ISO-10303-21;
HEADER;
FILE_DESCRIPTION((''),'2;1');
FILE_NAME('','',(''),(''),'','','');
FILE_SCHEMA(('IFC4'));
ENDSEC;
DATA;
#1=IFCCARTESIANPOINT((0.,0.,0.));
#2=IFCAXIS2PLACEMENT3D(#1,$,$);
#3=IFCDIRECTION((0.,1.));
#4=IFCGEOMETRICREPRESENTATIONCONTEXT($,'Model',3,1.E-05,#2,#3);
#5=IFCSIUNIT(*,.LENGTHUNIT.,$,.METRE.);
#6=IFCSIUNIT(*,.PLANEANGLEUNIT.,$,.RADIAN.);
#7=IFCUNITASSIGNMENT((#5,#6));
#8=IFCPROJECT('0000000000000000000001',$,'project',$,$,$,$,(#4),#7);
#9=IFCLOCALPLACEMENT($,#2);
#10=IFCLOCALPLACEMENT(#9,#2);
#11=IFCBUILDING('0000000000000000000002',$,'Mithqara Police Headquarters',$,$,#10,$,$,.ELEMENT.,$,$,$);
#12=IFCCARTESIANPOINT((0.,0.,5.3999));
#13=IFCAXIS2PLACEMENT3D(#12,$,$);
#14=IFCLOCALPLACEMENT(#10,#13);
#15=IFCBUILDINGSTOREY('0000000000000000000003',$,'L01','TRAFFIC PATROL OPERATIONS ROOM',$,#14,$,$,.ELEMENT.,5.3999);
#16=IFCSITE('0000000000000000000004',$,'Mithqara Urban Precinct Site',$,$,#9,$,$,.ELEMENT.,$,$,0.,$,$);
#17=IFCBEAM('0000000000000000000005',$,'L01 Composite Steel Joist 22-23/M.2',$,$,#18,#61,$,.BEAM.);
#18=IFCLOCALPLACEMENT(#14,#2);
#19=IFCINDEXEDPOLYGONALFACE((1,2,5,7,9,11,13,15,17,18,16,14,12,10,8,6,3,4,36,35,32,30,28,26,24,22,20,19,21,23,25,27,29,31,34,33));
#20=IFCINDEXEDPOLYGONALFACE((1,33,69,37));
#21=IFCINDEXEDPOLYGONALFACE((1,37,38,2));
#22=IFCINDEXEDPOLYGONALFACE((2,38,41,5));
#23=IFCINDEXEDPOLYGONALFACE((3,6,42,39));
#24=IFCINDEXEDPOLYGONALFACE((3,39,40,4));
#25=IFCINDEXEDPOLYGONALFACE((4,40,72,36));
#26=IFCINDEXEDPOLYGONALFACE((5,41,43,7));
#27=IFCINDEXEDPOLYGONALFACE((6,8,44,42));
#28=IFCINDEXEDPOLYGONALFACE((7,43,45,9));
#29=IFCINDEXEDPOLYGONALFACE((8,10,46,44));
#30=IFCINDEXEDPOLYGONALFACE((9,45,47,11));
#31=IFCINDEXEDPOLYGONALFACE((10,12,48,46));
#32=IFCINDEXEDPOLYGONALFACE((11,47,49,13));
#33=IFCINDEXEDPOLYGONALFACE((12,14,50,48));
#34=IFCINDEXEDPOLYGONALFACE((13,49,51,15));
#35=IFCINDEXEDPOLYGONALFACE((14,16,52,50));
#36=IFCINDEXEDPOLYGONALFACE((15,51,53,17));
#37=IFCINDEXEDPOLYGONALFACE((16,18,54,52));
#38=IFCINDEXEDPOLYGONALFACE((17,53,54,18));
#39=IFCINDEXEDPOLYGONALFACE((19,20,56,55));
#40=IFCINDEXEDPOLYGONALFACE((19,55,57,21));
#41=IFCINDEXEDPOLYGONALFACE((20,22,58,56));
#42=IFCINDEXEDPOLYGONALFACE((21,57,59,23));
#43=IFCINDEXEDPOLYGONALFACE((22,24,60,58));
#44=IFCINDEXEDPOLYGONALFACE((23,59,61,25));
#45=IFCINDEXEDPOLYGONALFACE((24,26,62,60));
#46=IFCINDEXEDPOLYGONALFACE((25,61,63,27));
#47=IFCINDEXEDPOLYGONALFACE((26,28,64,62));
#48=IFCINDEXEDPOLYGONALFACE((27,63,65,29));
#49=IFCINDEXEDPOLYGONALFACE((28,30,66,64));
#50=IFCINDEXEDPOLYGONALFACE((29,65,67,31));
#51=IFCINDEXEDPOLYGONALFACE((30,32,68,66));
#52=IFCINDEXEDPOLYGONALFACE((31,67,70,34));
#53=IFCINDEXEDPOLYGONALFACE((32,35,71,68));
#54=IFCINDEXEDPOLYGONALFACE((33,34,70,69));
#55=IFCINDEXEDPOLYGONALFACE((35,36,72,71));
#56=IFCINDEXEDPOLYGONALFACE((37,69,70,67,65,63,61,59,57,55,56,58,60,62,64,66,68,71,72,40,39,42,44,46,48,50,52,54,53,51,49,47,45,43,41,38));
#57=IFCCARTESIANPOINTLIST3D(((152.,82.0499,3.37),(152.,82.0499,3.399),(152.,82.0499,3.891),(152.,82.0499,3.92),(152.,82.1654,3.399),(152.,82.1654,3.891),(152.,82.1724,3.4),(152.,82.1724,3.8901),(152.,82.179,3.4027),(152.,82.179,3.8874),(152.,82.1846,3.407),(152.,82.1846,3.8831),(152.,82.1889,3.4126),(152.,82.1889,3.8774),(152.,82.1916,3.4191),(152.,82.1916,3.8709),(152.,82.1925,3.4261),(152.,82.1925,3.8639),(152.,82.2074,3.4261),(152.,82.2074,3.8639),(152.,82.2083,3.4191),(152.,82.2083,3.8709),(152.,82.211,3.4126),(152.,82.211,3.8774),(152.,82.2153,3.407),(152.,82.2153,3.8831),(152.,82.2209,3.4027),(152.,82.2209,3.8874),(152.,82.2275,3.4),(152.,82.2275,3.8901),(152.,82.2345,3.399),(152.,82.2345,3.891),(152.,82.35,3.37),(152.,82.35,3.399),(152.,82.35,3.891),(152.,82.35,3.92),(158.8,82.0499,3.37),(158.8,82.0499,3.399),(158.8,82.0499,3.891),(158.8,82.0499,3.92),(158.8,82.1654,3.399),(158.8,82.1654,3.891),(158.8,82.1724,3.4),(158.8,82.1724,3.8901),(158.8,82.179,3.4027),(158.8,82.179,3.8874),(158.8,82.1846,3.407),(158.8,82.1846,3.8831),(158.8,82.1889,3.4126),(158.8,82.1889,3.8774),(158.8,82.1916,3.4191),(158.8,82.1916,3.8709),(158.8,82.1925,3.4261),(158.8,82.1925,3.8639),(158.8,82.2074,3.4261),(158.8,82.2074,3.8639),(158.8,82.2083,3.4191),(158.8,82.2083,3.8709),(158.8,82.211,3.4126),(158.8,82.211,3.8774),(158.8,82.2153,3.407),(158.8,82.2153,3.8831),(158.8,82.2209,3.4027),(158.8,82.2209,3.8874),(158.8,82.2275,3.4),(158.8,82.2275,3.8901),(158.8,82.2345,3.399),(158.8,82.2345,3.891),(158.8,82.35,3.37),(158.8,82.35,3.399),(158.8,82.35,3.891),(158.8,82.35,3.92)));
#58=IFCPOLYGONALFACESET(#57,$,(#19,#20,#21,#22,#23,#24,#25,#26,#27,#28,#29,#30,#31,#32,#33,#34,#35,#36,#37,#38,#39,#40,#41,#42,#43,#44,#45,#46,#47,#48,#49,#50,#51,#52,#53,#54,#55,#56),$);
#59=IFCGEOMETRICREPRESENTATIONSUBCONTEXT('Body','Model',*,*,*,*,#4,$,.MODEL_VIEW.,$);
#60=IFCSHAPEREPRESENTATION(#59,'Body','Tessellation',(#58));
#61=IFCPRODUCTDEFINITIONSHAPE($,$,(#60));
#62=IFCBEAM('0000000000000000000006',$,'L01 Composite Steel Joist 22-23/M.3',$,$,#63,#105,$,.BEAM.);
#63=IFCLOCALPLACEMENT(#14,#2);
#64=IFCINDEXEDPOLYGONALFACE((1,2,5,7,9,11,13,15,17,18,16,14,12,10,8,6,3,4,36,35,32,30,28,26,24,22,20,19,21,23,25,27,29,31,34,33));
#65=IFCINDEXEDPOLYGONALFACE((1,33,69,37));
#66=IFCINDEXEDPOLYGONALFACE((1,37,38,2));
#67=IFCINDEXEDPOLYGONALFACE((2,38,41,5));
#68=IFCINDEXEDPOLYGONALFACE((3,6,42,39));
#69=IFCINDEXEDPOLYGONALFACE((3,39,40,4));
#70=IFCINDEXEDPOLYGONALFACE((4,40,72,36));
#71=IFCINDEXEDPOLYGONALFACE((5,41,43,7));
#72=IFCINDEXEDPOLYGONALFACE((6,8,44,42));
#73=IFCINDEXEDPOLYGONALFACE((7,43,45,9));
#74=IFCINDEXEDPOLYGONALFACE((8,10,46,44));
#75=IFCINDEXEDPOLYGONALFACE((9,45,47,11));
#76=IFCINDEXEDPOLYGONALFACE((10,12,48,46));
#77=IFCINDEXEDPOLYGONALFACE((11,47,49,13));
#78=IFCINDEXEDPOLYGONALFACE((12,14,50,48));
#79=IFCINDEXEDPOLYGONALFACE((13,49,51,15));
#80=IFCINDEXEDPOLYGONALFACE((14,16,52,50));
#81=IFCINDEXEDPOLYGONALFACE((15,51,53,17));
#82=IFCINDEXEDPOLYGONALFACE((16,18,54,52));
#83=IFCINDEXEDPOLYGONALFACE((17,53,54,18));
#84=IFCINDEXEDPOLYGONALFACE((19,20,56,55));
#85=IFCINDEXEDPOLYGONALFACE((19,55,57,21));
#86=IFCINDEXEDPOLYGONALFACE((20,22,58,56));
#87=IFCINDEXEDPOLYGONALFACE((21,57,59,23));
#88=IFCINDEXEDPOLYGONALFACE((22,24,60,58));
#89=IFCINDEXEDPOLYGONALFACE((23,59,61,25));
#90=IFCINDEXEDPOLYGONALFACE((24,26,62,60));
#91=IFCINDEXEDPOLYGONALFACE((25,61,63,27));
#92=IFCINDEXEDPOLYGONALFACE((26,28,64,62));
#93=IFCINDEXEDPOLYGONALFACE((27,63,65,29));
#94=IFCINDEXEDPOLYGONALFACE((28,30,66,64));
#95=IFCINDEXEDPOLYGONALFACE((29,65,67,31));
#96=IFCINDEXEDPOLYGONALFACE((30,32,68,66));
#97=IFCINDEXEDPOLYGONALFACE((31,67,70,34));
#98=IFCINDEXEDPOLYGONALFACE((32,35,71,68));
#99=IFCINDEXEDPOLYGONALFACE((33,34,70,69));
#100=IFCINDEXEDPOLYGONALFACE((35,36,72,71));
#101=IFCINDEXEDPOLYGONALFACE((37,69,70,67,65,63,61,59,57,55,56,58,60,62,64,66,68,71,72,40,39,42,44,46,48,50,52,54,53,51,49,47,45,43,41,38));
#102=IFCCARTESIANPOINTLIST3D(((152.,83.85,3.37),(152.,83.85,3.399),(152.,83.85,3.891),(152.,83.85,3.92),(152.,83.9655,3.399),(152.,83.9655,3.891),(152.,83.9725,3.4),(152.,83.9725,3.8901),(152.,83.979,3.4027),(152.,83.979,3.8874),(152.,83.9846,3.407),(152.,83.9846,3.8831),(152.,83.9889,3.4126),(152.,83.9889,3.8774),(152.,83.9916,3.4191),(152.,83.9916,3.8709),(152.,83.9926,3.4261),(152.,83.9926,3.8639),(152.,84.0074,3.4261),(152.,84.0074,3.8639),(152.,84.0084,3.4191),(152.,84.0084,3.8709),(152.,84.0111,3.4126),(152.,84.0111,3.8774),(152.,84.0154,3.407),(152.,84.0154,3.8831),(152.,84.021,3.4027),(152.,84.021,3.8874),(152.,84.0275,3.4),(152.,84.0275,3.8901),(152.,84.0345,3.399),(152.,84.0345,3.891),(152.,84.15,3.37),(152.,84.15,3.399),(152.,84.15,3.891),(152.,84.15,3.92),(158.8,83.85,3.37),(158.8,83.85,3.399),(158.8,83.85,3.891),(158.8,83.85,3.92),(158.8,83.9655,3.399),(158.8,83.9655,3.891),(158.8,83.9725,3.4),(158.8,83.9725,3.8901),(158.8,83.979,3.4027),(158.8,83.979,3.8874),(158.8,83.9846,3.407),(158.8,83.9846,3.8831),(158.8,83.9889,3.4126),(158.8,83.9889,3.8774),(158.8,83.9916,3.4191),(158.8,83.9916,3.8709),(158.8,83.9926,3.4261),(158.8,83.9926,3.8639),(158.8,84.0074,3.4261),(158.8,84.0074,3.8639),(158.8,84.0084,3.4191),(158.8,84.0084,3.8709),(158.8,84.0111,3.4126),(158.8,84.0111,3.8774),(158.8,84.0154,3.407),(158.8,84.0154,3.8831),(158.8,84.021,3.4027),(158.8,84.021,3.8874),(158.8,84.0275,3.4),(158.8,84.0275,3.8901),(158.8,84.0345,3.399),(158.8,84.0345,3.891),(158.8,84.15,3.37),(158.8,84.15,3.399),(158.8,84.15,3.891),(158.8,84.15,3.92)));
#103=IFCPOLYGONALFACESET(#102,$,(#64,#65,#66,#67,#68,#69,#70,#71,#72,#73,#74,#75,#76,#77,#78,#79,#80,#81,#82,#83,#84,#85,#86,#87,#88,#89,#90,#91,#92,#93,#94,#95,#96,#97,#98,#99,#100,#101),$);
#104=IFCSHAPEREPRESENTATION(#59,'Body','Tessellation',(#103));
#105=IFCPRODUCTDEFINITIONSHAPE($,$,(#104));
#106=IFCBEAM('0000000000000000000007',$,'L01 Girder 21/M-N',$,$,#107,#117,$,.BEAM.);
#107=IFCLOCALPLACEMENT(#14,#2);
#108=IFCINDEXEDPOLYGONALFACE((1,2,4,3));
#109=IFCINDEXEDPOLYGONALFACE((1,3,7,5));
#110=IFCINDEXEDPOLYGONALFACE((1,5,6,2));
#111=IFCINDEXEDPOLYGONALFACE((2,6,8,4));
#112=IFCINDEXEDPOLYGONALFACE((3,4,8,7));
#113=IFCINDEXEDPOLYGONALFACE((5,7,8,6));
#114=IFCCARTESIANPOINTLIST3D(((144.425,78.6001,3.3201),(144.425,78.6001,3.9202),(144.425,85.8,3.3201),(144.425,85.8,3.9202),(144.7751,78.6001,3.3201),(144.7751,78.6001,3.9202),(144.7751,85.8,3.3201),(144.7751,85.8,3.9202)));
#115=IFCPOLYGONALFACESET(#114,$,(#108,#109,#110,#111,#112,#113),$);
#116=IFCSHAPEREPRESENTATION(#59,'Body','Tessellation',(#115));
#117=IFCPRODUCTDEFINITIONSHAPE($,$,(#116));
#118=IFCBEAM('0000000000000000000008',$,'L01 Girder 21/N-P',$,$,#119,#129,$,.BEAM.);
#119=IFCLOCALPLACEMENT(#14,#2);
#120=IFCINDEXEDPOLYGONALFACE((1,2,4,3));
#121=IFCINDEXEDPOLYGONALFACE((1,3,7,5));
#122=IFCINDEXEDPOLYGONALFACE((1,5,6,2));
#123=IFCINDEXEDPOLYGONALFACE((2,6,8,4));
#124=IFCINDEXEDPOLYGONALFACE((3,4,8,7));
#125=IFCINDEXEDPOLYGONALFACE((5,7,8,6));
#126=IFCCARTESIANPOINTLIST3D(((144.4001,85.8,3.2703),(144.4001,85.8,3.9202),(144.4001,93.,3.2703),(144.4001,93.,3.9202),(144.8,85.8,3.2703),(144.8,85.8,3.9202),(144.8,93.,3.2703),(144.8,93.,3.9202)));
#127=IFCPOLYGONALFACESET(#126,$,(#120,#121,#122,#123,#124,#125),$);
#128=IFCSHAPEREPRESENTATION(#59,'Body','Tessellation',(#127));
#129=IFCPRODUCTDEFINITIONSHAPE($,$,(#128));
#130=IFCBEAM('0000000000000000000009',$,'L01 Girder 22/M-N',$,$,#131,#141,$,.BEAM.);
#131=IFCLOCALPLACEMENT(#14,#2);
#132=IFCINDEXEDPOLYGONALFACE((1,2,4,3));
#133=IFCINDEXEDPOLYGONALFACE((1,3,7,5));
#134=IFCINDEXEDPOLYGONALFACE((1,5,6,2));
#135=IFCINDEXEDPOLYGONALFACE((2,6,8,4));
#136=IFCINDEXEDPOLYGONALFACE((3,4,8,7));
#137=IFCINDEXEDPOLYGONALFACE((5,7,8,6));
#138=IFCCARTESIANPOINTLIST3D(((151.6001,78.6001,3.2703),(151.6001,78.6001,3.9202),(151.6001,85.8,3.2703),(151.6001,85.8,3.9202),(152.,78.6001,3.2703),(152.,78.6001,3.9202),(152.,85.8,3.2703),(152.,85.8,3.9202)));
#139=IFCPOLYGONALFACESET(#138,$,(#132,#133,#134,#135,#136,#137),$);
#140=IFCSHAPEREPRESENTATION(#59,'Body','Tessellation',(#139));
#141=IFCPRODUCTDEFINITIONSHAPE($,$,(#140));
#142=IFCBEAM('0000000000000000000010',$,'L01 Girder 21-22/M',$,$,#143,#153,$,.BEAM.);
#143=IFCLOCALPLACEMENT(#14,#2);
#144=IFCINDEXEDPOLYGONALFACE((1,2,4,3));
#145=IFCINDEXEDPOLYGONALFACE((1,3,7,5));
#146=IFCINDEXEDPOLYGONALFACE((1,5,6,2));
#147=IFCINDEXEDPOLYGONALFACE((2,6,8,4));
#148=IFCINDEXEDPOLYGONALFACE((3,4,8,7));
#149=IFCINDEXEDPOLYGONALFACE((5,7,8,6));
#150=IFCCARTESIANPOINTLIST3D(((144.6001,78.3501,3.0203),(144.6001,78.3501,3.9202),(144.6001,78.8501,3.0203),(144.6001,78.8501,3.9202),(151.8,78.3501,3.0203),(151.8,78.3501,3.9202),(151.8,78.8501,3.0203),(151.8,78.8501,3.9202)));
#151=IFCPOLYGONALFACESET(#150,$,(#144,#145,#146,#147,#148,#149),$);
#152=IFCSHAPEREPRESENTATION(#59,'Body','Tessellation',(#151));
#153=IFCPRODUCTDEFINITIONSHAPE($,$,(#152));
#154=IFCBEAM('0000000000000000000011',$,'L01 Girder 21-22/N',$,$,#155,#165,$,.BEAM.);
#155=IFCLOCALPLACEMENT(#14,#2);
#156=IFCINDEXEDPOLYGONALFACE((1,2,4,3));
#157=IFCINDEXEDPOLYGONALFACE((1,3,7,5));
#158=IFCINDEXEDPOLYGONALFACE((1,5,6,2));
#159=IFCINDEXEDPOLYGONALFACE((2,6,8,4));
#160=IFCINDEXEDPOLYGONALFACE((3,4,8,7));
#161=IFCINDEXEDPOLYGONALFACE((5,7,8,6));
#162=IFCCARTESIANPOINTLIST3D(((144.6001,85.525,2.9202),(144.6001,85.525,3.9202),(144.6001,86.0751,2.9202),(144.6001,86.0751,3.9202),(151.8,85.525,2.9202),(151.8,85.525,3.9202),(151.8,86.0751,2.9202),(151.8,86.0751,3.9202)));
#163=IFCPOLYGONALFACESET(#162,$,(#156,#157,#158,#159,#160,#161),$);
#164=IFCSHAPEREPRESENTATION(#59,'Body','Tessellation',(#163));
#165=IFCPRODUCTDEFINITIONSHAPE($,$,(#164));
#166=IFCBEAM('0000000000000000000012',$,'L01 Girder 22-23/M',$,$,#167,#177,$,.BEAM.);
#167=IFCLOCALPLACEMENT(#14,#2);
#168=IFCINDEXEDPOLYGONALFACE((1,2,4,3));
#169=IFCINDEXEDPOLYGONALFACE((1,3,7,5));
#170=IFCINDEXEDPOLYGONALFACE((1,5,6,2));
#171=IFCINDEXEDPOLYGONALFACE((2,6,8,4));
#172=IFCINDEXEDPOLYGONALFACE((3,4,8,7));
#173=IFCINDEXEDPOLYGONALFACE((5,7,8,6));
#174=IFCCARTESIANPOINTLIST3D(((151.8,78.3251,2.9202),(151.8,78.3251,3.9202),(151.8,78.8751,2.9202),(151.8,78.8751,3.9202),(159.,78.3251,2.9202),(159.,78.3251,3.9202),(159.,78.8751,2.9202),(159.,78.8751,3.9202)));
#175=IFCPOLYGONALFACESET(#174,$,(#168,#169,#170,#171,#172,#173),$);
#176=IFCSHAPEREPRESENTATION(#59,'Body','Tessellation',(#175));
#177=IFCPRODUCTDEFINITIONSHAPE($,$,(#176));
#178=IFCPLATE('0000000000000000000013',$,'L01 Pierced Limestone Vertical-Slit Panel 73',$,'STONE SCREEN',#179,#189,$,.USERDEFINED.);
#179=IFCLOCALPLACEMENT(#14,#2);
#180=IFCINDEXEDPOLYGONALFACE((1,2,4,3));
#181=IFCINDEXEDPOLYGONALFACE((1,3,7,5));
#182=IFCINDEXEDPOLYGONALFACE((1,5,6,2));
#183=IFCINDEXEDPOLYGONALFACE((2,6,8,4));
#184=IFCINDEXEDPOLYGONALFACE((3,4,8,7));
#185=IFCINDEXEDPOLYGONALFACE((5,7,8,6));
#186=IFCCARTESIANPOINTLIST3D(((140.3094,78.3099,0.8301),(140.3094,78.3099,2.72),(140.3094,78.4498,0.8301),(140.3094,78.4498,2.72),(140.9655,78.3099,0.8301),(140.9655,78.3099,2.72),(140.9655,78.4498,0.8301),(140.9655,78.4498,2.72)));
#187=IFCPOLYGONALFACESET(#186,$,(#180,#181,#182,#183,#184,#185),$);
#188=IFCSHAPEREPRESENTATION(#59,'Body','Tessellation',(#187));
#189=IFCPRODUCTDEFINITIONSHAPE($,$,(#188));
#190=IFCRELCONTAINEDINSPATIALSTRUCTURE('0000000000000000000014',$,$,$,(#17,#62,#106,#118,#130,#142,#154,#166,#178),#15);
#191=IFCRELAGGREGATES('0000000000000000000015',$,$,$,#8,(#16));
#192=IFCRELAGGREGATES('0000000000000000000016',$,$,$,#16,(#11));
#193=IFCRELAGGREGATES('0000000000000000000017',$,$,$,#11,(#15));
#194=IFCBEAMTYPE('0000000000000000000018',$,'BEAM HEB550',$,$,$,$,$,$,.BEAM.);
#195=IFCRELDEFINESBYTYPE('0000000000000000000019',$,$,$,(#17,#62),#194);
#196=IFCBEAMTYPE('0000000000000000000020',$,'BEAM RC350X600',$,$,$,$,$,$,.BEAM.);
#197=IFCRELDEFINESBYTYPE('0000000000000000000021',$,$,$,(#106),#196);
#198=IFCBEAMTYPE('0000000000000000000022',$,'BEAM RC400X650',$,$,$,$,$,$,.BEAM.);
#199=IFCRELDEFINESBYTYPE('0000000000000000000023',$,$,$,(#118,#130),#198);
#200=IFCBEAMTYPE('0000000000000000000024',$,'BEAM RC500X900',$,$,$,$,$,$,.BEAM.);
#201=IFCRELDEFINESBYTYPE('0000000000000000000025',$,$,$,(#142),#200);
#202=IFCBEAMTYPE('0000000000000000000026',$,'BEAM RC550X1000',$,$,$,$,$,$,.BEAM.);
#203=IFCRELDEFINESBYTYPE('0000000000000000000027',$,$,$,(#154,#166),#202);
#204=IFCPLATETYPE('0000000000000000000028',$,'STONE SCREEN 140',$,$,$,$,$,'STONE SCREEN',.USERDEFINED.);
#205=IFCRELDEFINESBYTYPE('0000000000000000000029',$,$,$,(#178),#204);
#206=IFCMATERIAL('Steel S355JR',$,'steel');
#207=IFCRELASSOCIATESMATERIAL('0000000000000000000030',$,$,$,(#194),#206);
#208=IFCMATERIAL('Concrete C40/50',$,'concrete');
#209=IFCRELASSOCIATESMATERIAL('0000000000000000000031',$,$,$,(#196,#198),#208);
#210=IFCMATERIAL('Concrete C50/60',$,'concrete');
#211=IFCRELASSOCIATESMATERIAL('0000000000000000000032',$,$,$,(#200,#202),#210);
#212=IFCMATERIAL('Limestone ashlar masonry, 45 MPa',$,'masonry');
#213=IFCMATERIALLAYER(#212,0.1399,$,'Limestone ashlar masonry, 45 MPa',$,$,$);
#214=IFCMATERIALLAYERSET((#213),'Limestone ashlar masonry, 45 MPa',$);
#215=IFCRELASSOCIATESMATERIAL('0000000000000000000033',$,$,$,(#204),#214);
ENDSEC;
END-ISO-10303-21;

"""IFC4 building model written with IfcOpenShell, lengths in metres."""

from ifc_helpers import new_model, si_unit, direction, frame, origin, origin_2d, place, context, subcontext, project, spatial, rectangle, i_section, extrude, material, layer, layer_set, material_profile, profile_set, type_object, element, save


model = new_model("IFC4")

# Units and contexts
model_context = context("Model", 3, precision=1e-05, world=origin(), true_north=direction((0.0, 1.0)))
body_context = subcontext(model_context, "Body", "Model", "MODEL_VIEW")
ifc_project = project(units=[si_unit("LENGTHUNIT", "METRE"), si_unit("PLANEANGLEUNIT", "RADIAN")], contexts=[model_context])

# Site, building, storey
site_placement = place(None, origin())
site = spatial("IfcSite", under=ifc_project, at=site_placement, Name="Mithqara Urban Precinct Site", CompositionType="ELEMENT", RefElevation=0.0)
building_placement = place(site_placement, origin())
building = spatial("IfcBuilding", under=site, at=building_placement, Name="Mithqara Police Headquarters", CompositionType="ELEMENT")
storey_placement = place(building_placement, frame((0.0, 0.0, 5.3999)))
storey = spatial("IfcBuildingStorey", under=building, at=storey_placement, Name="L01", Description="TRAFFIC PATROL OPERATIONS ROOM", CompositionType="ELEMENT", Elevation=5.3999)

# Shared definitions
ifc_material_1 = material(Name="Concrete C50/60", Category="concrete")

# Beams
ifc_material_2 = material(Name="Steel S355JR", Category="steel")
ifc_material_profile_1 = material_profile(ifc_material_2, i_section(OverallWidth=0.3, OverallDepth=0.55, WebThickness=0.0149, FlangeThickness=0.0291, FilletRadius=0.0271, at=origin_2d()), Name="HEB 550")
ifc_profile_set_1 = profile_set([ifc_material_profile_1], Name="Steel S355JR")
beam_type_1 = type_object("IfcBeamType", Name="BEAM HEB550", PredefinedType="BEAM", material=ifc_profile_set_1)
for number, where, z_axis, x_axis, name in (
    (1, (152.0, 82.2, 3.645), (1.0, 0.0, 0.0), (0.0, 1.0, 0.0), "L01 Composite Steel Joist 22-23/M.2"),
    (2, (152.0, 84.0, 3.645), (1.0, 0.0, 0.0), (0.0, 1.0, 0.0), "L01 Composite Steel Joist 22-23/M.3"),
):
    element("IfcBeam", number, at=place(storey_placement, frame(where, z_axis=z_axis, x_axis=x_axis)), inside=storey, type_object=beam_type_1, Name=name, PredefinedType="BEAM", context=body_context, shape_type="SweptSolid", body=[
        extrude(i_section(OverallWidth=0.3, OverallDepth=0.55, WebThickness=0.0149, FlangeThickness=0.0291, FilletRadius=0.0271, at=origin_2d()), origin(), (0.0, 0.0, 1.0), 6.8),
    ])
ifc_material_3 = material(Name="Concrete C40/50", Category="concrete")
ifc_material_profile_2 = material_profile(ifc_material_3, rectangle(XDim=0.3501, YDim=0.6001, at=origin_2d()), Name="RC 350x600")
ifc_profile_set_2 = profile_set([ifc_material_profile_2], Name="Concrete C40/50")
beam_type_2 = type_object("IfcBeamType", Name="BEAM RC350X600", PredefinedType="BEAM", material=ifc_profile_set_2)
beam_1_placement = place(storey_placement, frame((144.6001, 78.6001, 3.6201), z_axis=(0.0, 1.0, 0.0), x_axis=(-1.0, 0.0, 0.0)))
element("IfcBeam", 3, at=beam_1_placement, inside=storey, type_object=beam_type_2, Name="L01 Girder 21/M-N", PredefinedType="BEAM", context=body_context, shape_type="SweptSolid", body=[
    extrude(rectangle(XDim=0.3501, YDim=0.6001, at=origin_2d()), origin(), (0.0, 0.0, 1.0), 7.2),
])
ifc_material_profile_3 = material_profile(ifc_material_3, rectangle(XDim=0.3999, YDim=0.6499, at=origin_2d()), Name="RC 400x650")
ifc_profile_set_3 = profile_set([ifc_material_profile_3], Name="Concrete C40/50")
beam_type_3 = type_object("IfcBeamType", Name="BEAM RC400X650", PredefinedType="BEAM", material=ifc_profile_set_3)
for number, where, z_axis, x_axis, name in (
    (4, (144.6001, 85.8, 3.5952), (0.0, 1.0, 0.0), (-1.0, 0.0, 0.0), "L01 Girder 21/N-P"),
    (5, (151.8, 78.6001, 3.5952), (0.0, 1.0, 0.0), (-1.0, 0.0, 0.0), "L01 Girder 22/M-N"),
):
    element("IfcBeam", number, at=place(storey_placement, frame(where, z_axis=z_axis, x_axis=x_axis)), inside=storey, type_object=beam_type_3, Name=name, PredefinedType="BEAM", context=body_context, shape_type="SweptSolid", body=[
        extrude(rectangle(XDim=0.3999, YDim=0.6499, at=origin_2d()), origin(), (0.0, 0.0, 1.0), 7.2),
    ])
ifc_material_profile_4 = material_profile(ifc_material_1, rectangle(XDim=0.5, YDim=0.8999, at=origin_2d()), Name="RC 500x900")
ifc_profile_set_4 = profile_set([ifc_material_profile_4], Name="Concrete C50/60")
beam_type_4 = type_object("IfcBeamType", Name="BEAM RC500X900", PredefinedType="BEAM", material=ifc_profile_set_4)
beam_2_placement = place(storey_placement, frame((144.6001, 78.6001, 3.4702), z_axis=(1.0, 0.0, 0.0), x_axis=(0.0, 1.0, 0.0)))
element("IfcBeam", 6, at=beam_2_placement, inside=storey, type_object=beam_type_4, Name="L01 Girder 21-22/M", PredefinedType="BEAM", context=body_context, shape_type="SweptSolid", body=[
    extrude(rectangle(XDim=0.5, YDim=0.8999, at=origin_2d()), origin(), (0.0, 0.0, 1.0), 7.2),
])
ifc_material_profile_5 = material_profile(ifc_material_1, rectangle(XDim=0.55, YDim=1.0, at=origin_2d()), Name="RC 550x1000")
ifc_profile_set_5 = profile_set([ifc_material_profile_5], Name="Concrete C50/60")
beam_type_5 = type_object("IfcBeamType", Name="BEAM RC550X1000", PredefinedType="BEAM", material=ifc_profile_set_5)
for number, where, z_axis, x_axis, name in (
    (7, (144.6001, 85.8, 3.4202), (1.0, 0.0, 0.0), (0.0, 1.0, 0.0), "L01 Girder 21-22/N"),
    (8, (151.8, 78.6001, 3.4202), (1.0, 0.0, 0.0), (0.0, 1.0, 0.0), "L01 Girder 22-23/M"),
):
    element("IfcBeam", number, at=place(storey_placement, frame(where, z_axis=z_axis, x_axis=x_axis)), inside=storey, type_object=beam_type_5, Name=name, PredefinedType="BEAM", context=body_context, shape_type="SweptSolid", body=[
        extrude(rectangle(XDim=0.55, YDim=1.0, at=origin_2d()), origin(), (0.0, 0.0, 1.0), 7.2),
    ])

# Plate
ifc_material_4 = material(Name="Limestone ashlar masonry, 45 MPa", Category="masonry")
ifc_layer_1 = layer(ifc_material_4, 0.1399, Name="Limestone ashlar masonry, 45 MPa")
ifc_layer_set_1 = layer_set([ifc_layer_1], Name="Limestone ashlar masonry, 45 MPa")
plate_type = type_object("IfcPlateType", Name="STONE SCREEN 140", ElementType="STONE SCREEN", PredefinedType="USERDEFINED", material=ifc_layer_set_1)
for number, where, z_axis, x_axis, name in (
    (9, (140.6375, 78.3799, 0.8301), (0.0, 0.0, 1.0), (1.0, 0.0, 0.0), "L01 Pierced Limestone Vertical-Slit Panel 73"),
):
    element("IfcPlate", number, at=place(storey_placement, frame(where, z_axis=z_axis, x_axis=x_axis)), inside=storey, type_object=plate_type, Name=name, ObjectType="STONE SCREEN", PredefinedType="USERDEFINED", context=body_context, shape_type="SweptSolid", body=[
        extrude(rectangle(XDim=0.656, YDim=0.1399, at=origin_2d()), origin(), (0.0, 0.0, 1.0), 1.8899),
    ])

save(model, "model.ifc")
